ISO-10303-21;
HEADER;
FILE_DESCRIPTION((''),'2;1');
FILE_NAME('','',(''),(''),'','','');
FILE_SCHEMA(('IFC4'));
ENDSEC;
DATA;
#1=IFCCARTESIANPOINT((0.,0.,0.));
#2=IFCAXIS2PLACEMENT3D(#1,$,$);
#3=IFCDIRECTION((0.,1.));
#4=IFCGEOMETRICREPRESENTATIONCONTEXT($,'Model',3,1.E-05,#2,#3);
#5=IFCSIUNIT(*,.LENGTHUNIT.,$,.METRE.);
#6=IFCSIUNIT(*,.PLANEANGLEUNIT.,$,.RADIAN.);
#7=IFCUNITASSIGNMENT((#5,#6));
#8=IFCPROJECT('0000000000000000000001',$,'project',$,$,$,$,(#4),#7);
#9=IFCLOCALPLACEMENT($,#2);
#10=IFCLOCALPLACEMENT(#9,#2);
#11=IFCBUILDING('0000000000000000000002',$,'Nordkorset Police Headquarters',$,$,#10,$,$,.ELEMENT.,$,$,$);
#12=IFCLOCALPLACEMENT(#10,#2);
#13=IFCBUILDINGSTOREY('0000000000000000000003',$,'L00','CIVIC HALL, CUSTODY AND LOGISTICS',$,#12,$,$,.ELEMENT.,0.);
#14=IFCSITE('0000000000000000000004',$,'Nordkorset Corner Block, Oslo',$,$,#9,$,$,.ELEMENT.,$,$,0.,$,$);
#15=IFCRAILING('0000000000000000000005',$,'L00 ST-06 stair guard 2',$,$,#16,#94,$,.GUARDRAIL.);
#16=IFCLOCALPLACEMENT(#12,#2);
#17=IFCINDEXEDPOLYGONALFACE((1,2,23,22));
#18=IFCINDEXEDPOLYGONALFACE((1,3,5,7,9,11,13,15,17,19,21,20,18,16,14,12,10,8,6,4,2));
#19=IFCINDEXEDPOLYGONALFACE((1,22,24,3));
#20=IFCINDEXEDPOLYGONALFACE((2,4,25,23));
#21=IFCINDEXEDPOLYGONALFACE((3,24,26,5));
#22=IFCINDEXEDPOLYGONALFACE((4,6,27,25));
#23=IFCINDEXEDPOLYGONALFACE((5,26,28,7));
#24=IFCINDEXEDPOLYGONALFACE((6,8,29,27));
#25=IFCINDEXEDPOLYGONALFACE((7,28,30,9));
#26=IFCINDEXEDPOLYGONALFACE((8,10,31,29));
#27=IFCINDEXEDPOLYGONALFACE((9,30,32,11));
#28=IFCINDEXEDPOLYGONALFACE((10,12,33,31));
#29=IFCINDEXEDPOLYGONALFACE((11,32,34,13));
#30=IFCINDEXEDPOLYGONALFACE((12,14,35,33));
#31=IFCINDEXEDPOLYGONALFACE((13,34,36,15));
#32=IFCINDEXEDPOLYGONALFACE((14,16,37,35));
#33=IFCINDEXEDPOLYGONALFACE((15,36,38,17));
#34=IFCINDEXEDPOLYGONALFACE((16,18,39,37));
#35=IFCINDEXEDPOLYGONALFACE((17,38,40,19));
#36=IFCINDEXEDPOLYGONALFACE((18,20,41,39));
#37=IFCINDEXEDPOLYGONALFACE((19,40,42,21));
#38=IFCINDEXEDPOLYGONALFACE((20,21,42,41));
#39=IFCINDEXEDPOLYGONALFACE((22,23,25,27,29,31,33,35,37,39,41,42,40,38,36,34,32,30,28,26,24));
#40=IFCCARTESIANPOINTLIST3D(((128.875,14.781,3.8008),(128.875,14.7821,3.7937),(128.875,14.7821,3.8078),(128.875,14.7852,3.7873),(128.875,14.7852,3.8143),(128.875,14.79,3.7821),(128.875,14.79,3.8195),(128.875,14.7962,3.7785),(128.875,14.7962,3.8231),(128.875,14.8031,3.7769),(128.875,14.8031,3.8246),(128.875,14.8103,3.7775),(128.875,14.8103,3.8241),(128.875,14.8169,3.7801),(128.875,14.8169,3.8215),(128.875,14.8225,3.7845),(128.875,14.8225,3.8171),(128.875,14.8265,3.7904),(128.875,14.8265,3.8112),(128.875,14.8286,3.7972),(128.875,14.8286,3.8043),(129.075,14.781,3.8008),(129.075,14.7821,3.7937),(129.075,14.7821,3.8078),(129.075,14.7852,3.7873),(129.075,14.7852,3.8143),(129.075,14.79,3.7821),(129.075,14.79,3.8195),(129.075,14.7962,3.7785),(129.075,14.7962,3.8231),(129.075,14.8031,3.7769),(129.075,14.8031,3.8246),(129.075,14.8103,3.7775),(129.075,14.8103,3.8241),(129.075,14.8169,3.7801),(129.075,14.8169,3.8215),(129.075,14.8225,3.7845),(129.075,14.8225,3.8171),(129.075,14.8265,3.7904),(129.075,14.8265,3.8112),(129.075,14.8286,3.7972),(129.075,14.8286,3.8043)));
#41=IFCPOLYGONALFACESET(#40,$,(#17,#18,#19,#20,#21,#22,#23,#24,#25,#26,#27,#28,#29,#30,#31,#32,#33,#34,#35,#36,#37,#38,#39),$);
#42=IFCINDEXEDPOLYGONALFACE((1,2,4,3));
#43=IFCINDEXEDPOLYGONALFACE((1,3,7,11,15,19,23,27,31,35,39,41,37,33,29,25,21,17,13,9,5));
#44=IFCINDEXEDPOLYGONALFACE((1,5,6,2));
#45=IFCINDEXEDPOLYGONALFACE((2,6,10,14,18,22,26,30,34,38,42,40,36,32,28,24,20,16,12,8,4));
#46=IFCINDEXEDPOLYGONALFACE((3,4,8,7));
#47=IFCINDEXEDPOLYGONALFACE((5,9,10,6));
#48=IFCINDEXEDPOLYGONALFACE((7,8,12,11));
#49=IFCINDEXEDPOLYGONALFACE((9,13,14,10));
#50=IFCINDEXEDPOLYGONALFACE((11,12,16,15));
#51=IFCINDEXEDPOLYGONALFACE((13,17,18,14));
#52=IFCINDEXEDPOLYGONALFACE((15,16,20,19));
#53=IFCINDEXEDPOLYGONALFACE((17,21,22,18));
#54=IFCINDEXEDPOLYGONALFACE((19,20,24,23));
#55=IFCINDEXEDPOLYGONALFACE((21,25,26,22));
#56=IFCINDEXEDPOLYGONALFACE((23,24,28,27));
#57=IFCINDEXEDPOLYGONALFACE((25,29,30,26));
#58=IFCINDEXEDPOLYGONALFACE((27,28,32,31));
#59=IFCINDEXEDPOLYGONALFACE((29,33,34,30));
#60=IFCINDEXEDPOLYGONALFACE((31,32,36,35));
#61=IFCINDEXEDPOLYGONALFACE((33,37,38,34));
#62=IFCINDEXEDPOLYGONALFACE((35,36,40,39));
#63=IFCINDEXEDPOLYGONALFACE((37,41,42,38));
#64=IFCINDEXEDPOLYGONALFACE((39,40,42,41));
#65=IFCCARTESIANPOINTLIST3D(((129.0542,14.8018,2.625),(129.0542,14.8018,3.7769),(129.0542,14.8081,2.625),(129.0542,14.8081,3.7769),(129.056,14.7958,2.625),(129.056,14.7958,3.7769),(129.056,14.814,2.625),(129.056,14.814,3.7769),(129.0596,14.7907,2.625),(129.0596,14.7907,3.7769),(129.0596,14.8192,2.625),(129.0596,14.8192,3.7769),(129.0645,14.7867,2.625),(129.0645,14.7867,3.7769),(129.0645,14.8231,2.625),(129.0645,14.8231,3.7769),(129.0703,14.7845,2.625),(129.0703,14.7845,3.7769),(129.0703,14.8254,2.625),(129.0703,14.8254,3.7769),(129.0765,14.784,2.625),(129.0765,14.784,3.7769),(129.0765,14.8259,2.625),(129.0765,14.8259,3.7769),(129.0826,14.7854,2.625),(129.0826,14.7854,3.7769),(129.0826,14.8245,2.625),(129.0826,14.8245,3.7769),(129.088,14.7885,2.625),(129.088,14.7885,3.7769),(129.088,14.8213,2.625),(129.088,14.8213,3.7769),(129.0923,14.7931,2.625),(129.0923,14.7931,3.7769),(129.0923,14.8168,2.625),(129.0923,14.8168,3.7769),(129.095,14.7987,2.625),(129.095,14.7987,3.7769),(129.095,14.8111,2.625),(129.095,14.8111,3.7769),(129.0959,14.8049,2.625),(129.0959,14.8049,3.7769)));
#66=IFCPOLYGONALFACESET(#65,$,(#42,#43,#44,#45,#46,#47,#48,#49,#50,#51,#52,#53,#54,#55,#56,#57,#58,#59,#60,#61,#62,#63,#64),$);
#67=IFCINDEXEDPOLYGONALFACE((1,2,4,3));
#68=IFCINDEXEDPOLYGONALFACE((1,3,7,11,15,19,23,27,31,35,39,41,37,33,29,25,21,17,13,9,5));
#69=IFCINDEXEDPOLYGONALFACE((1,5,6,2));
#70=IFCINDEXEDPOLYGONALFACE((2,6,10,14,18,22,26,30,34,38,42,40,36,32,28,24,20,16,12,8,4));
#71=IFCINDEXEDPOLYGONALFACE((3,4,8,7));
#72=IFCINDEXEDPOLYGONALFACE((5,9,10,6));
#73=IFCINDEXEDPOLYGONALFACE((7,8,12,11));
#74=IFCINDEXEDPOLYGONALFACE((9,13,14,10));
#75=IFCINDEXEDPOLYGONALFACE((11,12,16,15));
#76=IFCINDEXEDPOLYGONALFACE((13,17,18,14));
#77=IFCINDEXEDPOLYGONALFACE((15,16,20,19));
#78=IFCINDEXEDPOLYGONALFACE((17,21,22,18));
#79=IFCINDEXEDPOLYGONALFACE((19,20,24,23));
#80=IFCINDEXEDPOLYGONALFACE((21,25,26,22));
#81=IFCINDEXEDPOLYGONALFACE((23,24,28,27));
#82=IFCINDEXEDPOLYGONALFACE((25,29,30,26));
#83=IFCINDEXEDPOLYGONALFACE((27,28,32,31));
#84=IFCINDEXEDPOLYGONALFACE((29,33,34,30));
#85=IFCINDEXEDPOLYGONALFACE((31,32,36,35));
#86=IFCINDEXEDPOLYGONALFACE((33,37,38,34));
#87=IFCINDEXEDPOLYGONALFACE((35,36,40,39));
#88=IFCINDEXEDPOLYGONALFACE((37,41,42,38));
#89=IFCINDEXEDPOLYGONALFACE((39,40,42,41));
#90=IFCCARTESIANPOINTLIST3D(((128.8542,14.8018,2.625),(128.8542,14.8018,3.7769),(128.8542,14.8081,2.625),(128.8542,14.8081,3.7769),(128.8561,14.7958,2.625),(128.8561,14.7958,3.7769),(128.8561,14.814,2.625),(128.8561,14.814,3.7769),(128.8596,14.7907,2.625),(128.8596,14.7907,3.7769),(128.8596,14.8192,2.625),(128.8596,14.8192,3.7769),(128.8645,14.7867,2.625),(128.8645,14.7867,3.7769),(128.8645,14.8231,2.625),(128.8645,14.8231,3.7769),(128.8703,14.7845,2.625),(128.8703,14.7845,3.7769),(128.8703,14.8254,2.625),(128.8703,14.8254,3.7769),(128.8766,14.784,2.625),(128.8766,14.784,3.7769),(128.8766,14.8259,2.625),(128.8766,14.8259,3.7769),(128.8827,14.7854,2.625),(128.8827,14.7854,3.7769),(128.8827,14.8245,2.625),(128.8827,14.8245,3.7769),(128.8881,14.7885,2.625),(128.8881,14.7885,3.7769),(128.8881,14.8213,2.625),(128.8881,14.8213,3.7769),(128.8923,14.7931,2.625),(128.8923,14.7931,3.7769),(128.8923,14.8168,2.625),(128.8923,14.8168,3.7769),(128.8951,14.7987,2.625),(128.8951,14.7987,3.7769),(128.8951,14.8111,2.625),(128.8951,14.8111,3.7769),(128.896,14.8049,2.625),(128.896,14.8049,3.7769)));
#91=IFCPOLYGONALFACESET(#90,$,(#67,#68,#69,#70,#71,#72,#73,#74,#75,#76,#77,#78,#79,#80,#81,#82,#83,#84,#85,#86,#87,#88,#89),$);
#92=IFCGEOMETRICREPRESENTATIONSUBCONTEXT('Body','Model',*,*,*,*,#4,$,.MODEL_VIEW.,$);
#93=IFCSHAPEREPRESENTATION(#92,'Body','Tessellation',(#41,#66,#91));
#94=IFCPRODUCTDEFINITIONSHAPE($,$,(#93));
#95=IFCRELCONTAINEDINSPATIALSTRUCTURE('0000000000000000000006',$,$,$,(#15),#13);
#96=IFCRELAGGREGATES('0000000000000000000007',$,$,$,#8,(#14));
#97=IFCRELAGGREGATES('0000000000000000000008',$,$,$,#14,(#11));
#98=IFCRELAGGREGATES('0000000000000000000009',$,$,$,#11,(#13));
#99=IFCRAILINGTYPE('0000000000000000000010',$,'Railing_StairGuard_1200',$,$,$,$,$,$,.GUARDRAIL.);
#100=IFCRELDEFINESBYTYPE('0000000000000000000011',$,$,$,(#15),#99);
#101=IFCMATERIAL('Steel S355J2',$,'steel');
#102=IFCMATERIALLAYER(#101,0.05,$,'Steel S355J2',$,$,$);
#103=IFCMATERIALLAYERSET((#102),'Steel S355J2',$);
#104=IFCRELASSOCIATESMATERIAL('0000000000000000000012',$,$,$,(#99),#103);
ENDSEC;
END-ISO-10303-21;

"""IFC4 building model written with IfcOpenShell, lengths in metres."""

from ifc_helpers import new_model, si_unit, direction, frame, origin, origin_2d, place, context, subcontext, project, spatial, circle, extrude, material, layer, layer_set, type_object, element, save


model = new_model("IFC4")

# Units and contexts
model_context = context("Model", 3, precision=1e-05, world=origin(), true_north=direction((0.0, 1.0)))
body_context = subcontext(model_context, "Body", "Model", "MODEL_VIEW")
ifc_project = project(units=[si_unit("LENGTHUNIT", "METRE"), si_unit("PLANEANGLEUNIT", "RADIAN")], contexts=[model_context])

# Site, building, storey
site_placement = place(None, origin())
site = spatial("IfcSite", under=ifc_project, at=site_placement, Name="Nordkorset Corner Block, Oslo", CompositionType="ELEMENT", RefElevation=0.0)
building_placement = place(site_placement, origin())
building = spatial("IfcBuilding", under=site, at=building_placement, Name="Nordkorset Police Headquarters", CompositionType="ELEMENT")
storey_placement = place(building_placement, origin())
storey = spatial("IfcBuildingStorey", under=building, at=storey_placement, Name="L00", Description="CIVIC HALL, CUSTODY AND LOGISTICS", CompositionType="ELEMENT", Elevation=0.0)

# Railing
ifc_material_1 = material(Name="Steel S355J2", Category="steel")
ifc_layer_1 = layer(ifc_material_1, 0.05, Name="Steel S355J2")
ifc_layer_set_1 = layer_set([ifc_layer_1], Name="Steel S355J2")
railing_type_1 = type_object("IfcRailingType", Name="Railing_StairGuard_1200", PredefinedType="GUARDRAIL", material=ifc_layer_set_1)
railing_1_placement = place(storey_placement, frame((129.075, 14.8049, 2.625)))
element("IfcRailing", 1, at=railing_1_placement, inside=storey, type_object=railing_type_1, Name="L00 ST-06 stair guard 2", PredefinedType="GUARDRAIL", context=body_context, shape_type="SweptSolid", body=[
    extrude(circle(Radius=0.0239, at=origin_2d()), frame((0.0, 0.0, 1.1758), z_axis=(-1.0, 0.0, 0.0), x_axis=(0.0, -1.0, 0.0)), (0.0, 0.0, 1.0), 0.2),
    extrude(circle(Radius=0.021, at=origin_2d()), origin(), (0.0, 0.0, 1.0), 1.1519),
    extrude(circle(Radius=0.021, at=origin_2d()), frame((-0.2, 0.0, 0.0)), (0.0, 0.0, 1.0), 1.1519),
])

save(model, "model.ifc")
